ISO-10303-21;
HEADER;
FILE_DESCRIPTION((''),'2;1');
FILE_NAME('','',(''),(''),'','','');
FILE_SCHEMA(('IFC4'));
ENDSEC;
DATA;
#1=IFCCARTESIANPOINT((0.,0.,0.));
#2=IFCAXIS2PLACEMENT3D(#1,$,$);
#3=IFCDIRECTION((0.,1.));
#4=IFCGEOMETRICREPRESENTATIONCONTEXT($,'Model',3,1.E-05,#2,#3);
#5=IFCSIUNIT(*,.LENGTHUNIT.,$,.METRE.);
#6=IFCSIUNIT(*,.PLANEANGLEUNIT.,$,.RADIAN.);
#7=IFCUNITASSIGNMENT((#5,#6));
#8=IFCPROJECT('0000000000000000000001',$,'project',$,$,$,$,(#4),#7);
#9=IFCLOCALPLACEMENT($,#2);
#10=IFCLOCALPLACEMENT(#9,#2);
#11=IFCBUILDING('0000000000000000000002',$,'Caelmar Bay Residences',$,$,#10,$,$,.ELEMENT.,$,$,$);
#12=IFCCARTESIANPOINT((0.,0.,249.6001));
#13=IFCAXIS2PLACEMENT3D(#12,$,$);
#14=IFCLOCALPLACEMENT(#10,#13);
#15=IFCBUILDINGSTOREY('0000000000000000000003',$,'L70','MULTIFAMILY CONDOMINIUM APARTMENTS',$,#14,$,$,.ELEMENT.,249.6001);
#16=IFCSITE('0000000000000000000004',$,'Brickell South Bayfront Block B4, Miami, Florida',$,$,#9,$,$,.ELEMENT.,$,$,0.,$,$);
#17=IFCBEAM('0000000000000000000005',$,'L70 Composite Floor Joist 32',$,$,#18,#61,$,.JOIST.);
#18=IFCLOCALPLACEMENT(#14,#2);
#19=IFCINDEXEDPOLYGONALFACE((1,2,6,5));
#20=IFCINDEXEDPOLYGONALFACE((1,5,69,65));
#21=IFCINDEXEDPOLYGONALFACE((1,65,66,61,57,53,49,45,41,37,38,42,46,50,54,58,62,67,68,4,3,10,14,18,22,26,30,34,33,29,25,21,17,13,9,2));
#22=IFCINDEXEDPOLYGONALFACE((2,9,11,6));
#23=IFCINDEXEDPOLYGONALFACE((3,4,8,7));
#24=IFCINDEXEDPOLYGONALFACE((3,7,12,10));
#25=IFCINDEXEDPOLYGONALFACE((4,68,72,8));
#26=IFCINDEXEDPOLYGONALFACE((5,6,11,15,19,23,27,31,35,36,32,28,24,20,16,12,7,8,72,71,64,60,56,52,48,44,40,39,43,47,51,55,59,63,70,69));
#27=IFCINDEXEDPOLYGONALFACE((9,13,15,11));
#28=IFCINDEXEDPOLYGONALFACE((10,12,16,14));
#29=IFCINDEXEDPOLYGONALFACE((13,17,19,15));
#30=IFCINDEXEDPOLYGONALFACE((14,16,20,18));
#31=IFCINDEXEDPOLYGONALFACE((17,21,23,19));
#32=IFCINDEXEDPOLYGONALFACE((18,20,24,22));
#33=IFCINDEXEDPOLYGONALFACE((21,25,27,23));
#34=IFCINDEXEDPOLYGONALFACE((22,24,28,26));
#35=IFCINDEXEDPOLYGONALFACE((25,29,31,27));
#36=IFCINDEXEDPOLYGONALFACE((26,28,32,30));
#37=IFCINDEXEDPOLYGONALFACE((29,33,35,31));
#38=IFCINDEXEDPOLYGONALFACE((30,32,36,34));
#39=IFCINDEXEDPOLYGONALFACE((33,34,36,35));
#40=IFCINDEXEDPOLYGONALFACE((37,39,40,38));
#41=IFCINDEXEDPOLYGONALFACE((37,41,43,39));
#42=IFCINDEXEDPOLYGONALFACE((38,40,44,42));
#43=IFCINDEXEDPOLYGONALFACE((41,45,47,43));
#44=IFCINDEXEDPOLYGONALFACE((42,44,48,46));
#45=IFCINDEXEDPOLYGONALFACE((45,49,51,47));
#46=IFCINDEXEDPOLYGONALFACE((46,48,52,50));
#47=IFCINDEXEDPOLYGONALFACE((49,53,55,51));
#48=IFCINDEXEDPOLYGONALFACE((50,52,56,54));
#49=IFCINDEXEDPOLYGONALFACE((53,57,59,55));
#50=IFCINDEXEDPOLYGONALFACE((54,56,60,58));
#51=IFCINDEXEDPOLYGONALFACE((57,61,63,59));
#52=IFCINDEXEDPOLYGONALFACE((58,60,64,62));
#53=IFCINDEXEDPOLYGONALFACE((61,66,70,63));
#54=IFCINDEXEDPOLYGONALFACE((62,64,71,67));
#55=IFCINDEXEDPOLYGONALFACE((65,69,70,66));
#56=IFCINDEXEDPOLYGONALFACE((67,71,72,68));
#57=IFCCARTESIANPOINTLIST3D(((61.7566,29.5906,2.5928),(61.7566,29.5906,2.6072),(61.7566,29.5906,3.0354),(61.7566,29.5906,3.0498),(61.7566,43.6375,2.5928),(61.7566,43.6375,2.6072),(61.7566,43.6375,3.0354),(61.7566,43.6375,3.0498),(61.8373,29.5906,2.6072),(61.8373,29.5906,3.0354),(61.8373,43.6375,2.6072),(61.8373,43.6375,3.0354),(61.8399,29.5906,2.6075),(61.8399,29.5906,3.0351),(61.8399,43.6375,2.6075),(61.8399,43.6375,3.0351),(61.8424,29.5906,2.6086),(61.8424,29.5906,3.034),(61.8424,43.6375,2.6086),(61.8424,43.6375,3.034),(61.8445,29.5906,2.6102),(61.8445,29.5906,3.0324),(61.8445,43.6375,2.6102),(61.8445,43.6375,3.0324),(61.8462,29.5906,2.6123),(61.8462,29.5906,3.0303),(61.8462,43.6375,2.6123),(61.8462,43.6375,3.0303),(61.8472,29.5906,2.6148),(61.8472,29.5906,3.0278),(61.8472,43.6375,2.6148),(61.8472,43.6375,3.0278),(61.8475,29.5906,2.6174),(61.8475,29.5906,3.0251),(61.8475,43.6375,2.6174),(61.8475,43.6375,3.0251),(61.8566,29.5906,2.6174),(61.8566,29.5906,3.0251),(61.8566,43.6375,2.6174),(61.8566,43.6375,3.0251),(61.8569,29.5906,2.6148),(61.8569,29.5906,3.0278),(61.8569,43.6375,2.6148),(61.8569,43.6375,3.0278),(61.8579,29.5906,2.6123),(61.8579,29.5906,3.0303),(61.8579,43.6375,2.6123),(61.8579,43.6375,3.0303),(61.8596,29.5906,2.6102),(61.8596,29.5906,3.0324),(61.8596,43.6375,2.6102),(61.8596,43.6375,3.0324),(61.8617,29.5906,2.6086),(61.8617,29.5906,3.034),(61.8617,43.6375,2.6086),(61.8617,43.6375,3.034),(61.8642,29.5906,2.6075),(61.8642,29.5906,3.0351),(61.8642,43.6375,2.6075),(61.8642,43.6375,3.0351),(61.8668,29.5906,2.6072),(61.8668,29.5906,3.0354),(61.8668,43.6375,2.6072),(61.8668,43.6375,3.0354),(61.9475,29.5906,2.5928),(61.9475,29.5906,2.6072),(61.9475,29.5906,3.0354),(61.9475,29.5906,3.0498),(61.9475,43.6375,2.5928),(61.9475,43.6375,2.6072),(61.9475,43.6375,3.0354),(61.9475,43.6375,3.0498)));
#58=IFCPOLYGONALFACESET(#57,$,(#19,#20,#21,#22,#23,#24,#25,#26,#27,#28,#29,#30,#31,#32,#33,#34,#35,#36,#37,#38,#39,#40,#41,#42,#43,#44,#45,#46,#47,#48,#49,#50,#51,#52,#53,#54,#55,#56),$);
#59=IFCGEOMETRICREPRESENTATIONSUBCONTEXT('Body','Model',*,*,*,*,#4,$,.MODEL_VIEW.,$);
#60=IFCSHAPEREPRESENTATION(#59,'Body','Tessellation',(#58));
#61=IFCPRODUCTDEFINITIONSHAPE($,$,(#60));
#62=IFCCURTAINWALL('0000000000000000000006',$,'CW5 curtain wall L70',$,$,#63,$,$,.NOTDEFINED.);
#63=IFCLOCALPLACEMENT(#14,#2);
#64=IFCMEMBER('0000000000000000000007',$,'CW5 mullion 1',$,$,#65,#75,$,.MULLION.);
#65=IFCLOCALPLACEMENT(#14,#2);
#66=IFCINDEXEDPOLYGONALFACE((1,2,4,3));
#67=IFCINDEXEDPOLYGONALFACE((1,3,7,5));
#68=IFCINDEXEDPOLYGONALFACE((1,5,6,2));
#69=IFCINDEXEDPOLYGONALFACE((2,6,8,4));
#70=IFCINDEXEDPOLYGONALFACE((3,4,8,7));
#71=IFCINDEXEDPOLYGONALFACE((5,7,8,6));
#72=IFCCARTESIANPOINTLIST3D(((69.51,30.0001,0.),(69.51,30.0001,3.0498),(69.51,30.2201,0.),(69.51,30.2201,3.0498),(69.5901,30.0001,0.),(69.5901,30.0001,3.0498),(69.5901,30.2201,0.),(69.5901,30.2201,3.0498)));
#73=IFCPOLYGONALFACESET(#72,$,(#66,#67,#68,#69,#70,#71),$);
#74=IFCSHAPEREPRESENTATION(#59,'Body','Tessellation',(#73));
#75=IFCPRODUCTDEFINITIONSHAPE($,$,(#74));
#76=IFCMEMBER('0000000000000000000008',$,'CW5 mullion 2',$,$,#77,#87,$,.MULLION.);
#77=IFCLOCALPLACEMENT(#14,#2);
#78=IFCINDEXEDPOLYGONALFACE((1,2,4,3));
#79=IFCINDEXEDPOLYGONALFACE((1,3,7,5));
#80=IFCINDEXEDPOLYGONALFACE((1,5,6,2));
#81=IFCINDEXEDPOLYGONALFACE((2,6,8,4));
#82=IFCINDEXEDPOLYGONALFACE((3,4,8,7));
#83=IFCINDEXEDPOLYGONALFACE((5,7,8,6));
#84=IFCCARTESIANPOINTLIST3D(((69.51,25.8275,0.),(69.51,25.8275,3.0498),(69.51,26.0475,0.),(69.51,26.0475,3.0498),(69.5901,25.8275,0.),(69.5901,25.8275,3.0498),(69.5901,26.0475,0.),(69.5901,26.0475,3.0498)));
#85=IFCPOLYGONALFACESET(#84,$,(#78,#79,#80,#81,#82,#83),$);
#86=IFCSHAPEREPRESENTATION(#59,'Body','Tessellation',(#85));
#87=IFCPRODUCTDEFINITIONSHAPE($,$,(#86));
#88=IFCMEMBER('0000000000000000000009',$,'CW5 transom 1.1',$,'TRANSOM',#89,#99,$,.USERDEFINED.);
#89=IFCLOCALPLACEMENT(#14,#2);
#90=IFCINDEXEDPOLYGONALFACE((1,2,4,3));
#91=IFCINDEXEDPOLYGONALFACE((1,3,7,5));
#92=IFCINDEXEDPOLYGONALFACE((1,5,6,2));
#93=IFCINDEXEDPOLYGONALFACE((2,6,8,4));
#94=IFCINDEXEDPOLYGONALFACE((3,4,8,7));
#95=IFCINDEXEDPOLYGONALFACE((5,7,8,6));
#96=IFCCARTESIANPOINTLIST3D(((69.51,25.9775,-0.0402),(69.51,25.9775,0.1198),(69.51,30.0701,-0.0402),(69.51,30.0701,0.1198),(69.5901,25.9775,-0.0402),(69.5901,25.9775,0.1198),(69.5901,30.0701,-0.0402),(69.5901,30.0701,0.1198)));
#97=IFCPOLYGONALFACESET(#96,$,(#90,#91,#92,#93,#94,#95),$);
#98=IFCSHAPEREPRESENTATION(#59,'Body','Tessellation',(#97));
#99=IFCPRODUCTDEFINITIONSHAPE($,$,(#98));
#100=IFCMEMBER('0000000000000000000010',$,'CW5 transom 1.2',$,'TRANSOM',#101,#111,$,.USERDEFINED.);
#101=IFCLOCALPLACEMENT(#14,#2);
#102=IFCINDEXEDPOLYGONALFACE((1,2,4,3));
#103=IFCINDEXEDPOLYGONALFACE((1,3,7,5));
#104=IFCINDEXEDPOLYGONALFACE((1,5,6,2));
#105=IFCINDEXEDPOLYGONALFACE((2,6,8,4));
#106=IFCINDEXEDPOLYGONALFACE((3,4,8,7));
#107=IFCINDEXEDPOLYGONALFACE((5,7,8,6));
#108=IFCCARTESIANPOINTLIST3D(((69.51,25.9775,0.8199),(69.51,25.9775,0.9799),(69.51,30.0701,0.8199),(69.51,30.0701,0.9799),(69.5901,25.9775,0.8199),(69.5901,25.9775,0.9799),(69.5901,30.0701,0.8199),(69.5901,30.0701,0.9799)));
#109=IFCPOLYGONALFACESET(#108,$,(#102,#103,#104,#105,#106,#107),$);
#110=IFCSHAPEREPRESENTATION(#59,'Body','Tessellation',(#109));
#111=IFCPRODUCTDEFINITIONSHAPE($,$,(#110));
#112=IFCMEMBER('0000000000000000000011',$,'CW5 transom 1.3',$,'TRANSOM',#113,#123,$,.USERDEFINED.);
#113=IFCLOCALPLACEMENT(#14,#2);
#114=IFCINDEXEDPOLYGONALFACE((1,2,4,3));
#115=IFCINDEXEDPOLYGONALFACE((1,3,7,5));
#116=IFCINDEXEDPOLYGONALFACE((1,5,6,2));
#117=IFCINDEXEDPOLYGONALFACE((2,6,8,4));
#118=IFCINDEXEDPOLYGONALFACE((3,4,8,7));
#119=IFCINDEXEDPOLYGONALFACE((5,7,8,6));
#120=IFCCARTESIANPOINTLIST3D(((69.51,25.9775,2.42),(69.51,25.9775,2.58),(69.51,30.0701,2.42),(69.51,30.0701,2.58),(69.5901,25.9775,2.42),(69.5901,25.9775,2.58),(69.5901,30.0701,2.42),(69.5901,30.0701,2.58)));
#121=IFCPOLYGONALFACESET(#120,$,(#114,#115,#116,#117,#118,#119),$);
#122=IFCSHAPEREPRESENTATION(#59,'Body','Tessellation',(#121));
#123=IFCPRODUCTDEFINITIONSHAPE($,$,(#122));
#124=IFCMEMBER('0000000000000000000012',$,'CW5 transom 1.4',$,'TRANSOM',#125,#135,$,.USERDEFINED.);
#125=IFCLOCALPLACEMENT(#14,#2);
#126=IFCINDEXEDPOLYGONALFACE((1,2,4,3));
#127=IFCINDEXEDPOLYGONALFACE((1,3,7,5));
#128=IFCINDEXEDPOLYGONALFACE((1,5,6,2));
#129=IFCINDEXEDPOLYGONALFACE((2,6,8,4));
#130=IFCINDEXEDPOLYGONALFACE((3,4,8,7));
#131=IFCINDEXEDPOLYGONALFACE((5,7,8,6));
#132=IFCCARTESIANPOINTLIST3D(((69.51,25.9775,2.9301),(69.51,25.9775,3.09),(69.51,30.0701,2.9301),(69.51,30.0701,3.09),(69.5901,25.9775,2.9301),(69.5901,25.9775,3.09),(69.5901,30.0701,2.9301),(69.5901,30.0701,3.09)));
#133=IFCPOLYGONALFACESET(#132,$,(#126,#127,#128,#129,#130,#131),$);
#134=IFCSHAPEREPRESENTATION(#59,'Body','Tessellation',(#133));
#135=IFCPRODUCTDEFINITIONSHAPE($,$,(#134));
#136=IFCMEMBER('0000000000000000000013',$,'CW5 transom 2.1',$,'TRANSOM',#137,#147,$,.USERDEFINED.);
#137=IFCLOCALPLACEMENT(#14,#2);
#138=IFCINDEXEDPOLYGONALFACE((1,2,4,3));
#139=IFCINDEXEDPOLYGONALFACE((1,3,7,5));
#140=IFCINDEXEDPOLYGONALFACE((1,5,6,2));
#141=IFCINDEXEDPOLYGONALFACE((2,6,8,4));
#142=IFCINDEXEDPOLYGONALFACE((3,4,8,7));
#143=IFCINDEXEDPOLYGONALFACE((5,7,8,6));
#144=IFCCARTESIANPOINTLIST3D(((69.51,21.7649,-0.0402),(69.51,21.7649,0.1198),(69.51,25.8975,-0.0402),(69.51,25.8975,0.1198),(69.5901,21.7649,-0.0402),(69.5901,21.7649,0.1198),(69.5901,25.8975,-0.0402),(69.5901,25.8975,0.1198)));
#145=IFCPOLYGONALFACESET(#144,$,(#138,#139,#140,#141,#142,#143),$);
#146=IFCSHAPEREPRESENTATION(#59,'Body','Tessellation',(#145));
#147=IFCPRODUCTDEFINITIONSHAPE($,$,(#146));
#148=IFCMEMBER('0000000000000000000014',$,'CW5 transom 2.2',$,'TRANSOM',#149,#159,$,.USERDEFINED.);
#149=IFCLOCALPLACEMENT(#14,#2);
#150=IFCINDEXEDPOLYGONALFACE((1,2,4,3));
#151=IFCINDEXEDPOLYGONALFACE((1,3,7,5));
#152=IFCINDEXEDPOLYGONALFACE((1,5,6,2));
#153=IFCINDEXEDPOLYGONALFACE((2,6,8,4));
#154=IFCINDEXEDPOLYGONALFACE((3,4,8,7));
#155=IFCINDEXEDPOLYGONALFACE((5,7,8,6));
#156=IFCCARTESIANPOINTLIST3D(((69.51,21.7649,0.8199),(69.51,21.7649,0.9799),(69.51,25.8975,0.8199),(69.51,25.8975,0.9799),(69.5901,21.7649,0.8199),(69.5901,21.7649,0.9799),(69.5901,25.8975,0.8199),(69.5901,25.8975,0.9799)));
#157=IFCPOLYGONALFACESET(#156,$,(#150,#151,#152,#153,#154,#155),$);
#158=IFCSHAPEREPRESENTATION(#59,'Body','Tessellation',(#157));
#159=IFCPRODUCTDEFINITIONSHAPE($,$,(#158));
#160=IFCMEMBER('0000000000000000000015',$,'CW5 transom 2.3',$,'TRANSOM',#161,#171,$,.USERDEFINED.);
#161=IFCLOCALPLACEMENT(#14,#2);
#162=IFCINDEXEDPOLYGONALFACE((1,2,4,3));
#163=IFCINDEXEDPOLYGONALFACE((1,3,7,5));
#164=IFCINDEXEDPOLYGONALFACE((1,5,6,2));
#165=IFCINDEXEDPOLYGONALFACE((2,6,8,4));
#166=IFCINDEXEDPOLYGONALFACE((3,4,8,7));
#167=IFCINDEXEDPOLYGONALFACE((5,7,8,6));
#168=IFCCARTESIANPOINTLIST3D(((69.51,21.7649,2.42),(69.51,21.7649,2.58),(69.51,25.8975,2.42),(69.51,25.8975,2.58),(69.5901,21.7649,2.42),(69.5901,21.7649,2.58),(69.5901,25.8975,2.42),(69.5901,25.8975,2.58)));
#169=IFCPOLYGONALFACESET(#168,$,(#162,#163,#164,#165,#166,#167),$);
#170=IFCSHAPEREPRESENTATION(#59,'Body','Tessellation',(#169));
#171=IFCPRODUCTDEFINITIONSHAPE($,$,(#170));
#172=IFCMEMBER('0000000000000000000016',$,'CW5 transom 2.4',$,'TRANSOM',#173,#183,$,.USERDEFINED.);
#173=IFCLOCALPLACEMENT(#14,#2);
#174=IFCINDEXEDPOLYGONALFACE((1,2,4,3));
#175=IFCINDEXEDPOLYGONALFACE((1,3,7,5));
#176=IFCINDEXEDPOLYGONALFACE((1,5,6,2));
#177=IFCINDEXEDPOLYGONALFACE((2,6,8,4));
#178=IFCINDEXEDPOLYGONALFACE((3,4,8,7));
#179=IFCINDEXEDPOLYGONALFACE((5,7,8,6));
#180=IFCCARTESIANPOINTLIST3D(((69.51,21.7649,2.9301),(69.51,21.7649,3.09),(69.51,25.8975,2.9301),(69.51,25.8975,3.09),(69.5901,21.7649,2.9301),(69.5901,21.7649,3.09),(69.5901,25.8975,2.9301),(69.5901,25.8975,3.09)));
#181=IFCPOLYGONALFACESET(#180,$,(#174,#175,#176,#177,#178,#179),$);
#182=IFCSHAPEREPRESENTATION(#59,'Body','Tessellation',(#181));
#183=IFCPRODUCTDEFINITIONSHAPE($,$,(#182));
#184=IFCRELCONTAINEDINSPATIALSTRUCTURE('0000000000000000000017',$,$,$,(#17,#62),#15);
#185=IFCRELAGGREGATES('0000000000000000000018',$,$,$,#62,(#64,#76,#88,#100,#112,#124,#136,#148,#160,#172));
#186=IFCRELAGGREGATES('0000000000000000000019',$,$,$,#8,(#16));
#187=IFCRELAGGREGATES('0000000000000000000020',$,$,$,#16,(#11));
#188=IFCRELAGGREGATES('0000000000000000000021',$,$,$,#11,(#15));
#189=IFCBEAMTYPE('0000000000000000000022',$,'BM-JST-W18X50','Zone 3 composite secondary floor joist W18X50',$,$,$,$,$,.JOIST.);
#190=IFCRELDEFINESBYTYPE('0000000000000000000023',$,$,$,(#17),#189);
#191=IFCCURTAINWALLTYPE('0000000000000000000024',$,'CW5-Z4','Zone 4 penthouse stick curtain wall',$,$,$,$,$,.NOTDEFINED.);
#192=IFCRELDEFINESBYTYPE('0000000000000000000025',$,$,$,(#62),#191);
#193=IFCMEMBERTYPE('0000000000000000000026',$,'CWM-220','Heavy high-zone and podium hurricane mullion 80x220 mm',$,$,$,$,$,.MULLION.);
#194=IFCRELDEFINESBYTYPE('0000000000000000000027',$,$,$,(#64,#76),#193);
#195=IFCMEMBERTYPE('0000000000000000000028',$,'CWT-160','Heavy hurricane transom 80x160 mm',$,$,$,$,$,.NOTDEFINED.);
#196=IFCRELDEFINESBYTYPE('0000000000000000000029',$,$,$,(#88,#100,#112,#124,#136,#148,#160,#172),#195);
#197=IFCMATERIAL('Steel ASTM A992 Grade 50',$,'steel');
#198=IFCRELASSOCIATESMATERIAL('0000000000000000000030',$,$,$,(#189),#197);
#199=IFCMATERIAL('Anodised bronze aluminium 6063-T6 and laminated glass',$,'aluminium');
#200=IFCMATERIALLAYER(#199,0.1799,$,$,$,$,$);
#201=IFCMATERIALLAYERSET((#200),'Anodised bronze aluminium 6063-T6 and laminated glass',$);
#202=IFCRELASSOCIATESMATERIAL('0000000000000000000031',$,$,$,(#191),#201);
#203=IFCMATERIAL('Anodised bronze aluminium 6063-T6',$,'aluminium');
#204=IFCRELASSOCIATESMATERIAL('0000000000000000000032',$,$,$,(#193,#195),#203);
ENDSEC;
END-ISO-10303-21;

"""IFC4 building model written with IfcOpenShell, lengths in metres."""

from ifc_helpers import new_model, si_unit, direction, frame, origin, origin_2d, place, context, subcontext, project, spatial, rectangle, i_section, extrude, material, layer, layer_set, material_profile, profile_set, type_object, element, aggregate, save


model = new_model("IFC4")

# Units and contexts
model_context = context("Model", 3, precision=1e-05, world=origin(), true_north=direction((0.0, 1.0)))
body_context = subcontext(model_context, "Body", "Model", "MODEL_VIEW")
ifc_project = project(units=[si_unit("LENGTHUNIT", "METRE"), si_unit("PLANEANGLEUNIT", "RADIAN")], contexts=[model_context])

# Site, building, storey
site_placement = place(None, origin())
site = spatial("IfcSite", under=ifc_project, at=site_placement, Name="Brickell South Bayfront Block B4, Miami, Florida", CompositionType="ELEMENT", RefElevation=0.0)
building_placement = place(site_placement, origin())
building = spatial("IfcBuilding", under=site, at=building_placement, Name="Caelmar Bay Residences", CompositionType="ELEMENT")
storey_placement = place(building_placement, frame((0.0, 0.0, 249.6001)))
storey = spatial("IfcBuildingStorey", under=building, at=storey_placement, Name="L70", Description="MULTIFAMILY CONDOMINIUM APARTMENTS", CompositionType="ELEMENT", Elevation=249.6001)

# Beam
ifc_material_1 = material(Name="Steel ASTM A992 Grade 50", Category="steel")
ifc_material_profile_1 = material_profile(ifc_material_1, i_section(OverallWidth=0.1909, OverallDepth=0.457, WebThickness=0.009, FlangeThickness=0.0144, FilletRadius=0.0103, at=origin_2d()), Name="W18X50")
ifc_profile_set_1 = profile_set([ifc_material_profile_1], Name="Steel ASTM A992 Grade 50")
beam_type_1 = type_object("IfcBeamType", Name="BM-JST-W18X50", Description="Zone 3 composite secondary floor joist W18X50", PredefinedType="JOIST", material=ifc_profile_set_1)
beam_1_placement = place(storey_placement, frame((61.8521, 29.5906, 2.8213), z_axis=(0.0, 1.0, 0.0), x_axis=(-1.0, 0.0, 0.0)))
element("IfcBeam", 1, at=beam_1_placement, inside=storey, type_object=beam_type_1, Name="L70 Composite Floor Joist 32", PredefinedType="JOIST", context=body_context, shape_type="SweptSolid", body=[
    extrude(i_section(OverallWidth=0.1909, OverallDepth=0.457, WebThickness=0.009, FlangeThickness=0.0144, FilletRadius=0.0103, at=origin_2d()), origin(), (0.0, 0.0, 1.0), 14.0469),
])

# Curtain wall, members
ifc_material_2 = material(Name="Anodised bronze aluminium 6063-T6 and laminated glass", Category="aluminium")
ifc_layer_1 = layer(ifc_material_2, 0.1799)
ifc_layer_set_1 = layer_set([ifc_layer_1], Name="Anodised bronze aluminium 6063-T6 and laminated glass")
curtain_wall_type = type_object("IfcCurtainWallType", Name="CW5-Z4", Description="Zone 4 penthouse stick curtain wall", PredefinedType="NOTDEFINED", material=ifc_layer_set_1)
curtain_wall_placement = place(storey_placement, origin())
curtain_wall = element("IfcCurtainWall", 2, at=curtain_wall_placement, inside=storey, type_object=curtain_wall_type, Name="CW5 curtain wall L70", PredefinedType="NOTDEFINED")
ifc_material_3 = material(Name="Anodised bronze aluminium 6063-T6", Category="aluminium")
ifc_material_profile_2 = material_profile(ifc_material_3, rectangle(XDim=0.0801, YDim=0.22, at=origin_2d()), Name="CWM-80X220")
ifc_profile_set_2 = profile_set([ifc_material_profile_2], Name="Anodised bronze aluminium 6063-T6")
member_type_1 = type_object("IfcMemberType", Name="CWM-220", Description="Heavy high-zone and podium hurricane mullion 80x220 mm", PredefinedType="MULLION", material=ifc_profile_set_2)
member_1_placement = place(storey_placement, frame((69.55, 30.1101, 0.0), z_axis=(0.0, 0.0, 1.0), x_axis=(1.0, 0.0, 0.0)))
member_1 = element("IfcMember", 3, at=member_1_placement, type_object=member_type_1, Name="CW5 mullion 1", PredefinedType="MULLION", context=body_context, shape_type="SweptSolid", body=[
    extrude(rectangle(XDim=0.0801, YDim=0.22, at=origin_2d()), origin(), (0.0, 0.0, 1.0), 3.0498),
])
member_2_placement = place(storey_placement, frame((69.55, 25.9375, 0.0), z_axis=(0.0, 0.0, 1.0), x_axis=(1.0, 0.0, 0.0)))
member_2 = element("IfcMember", 4, at=member_2_placement, type_object=member_type_1, Name="CW5 mullion 2", PredefinedType="MULLION", context=body_context, shape_type="SweptSolid", body=[
    extrude(rectangle(XDim=0.0801, YDim=0.22, at=origin_2d()), origin(), (0.0, 0.0, 1.0), 3.0498),
])
ifc_material_profile_3 = material_profile(ifc_material_3, rectangle(XDim=0.0801, YDim=0.1599, at=origin_2d()), Name="CWT-80X160")
ifc_profile_set_3 = profile_set([ifc_material_profile_3], Name="Anodised bronze aluminium 6063-T6")
member_type_2 = type_object("IfcMemberType", Name="CWT-160", Description="Heavy hurricane transom 80x160 mm", PredefinedType="NOTDEFINED", material=ifc_profile_set_3)
member_3_placement = place(storey_placement, frame((69.55, 30.0701, 0.0398), z_axis=(0.0, -1.0, 0.0), x_axis=(1.0, 0.0, 0.0)))
member_3 = element("IfcMember", 5, at=member_3_placement, type_object=member_type_2, Name="CW5 transom 1.1", ObjectType="TRANSOM", PredefinedType="USERDEFINED", context=body_context, shape_type="SweptSolid", body=[
    extrude(rectangle(XDim=0.0801, YDim=0.1599, at=origin_2d()), origin(), (0.0, 0.0, 1.0), 4.0925),
])
member_4_placement = place(storey_placement, frame((69.55, 30.0701, 0.8999), z_axis=(0.0, -1.0, 0.0), x_axis=(1.0, 0.0, 0.0)))
member_4 = element("IfcMember", 6, at=member_4_placement, type_object=member_type_2, Name="CW5 transom 1.2", ObjectType="TRANSOM", PredefinedType="USERDEFINED", context=body_context, shape_type="SweptSolid", body=[
    extrude(rectangle(XDim=0.0801, YDim=0.1599, at=origin_2d()), origin(), (0.0, 0.0, 1.0), 4.0925),
])
member_5_placement = place(storey_placement, frame((69.55, 30.0701, 2.5), z_axis=(0.0, -1.0, 0.0), x_axis=(1.0, 0.0, 0.0)))
member_5 = element("IfcMember", 7, at=member_5_placement, type_object=member_type_2, Name="CW5 transom 1.3", ObjectType="TRANSOM", PredefinedType="USERDEFINED", context=body_context, shape_type="SweptSolid", body=[
    extrude(rectangle(XDim=0.0801, YDim=0.1599, at=origin_2d()), origin(), (0.0, 0.0, 1.0), 4.0925),
])
member_6_placement = place(storey_placement, frame((69.55, 30.0701, 3.01), z_axis=(0.0, -1.0, 0.0), x_axis=(1.0, 0.0, 0.0)))
member_6 = element("IfcMember", 8, at=member_6_placement, type_object=member_type_2, Name="CW5 transom 1.4", ObjectType="TRANSOM", PredefinedType="USERDEFINED", context=body_context, shape_type="SweptSolid", body=[
    extrude(rectangle(XDim=0.0801, YDim=0.1599, at=origin_2d()), origin(), (0.0, 0.0, 1.0), 4.0925),
])
member_7_placement = place(storey_placement, frame((69.55, 25.8975, 0.0398), z_axis=(0.0, -1.0, 0.0), x_axis=(1.0, 0.0, 0.0)))
member_7 = element("IfcMember", 9, at=member_7_placement, type_object=member_type_2, Name="CW5 transom 2.1", ObjectType="TRANSOM", PredefinedType="USERDEFINED", context=body_context, shape_type="SweptSolid", body=[
    extrude(rectangle(XDim=0.0801, YDim=0.1599, at=origin_2d()), origin(), (0.0, 0.0, 1.0), 4.1326),
])
member_8_placement = place(storey_placement, frame((69.55, 25.8975, 0.8999), z_axis=(0.0, -1.0, 0.0), x_axis=(1.0, 0.0, 0.0)))
member_8 = element("IfcMember", 10, at=member_8_placement, type_object=member_type_2, Name="CW5 transom 2.2", ObjectType="TRANSOM", PredefinedType="USERDEFINED", context=body_context, shape_type="SweptSolid", body=[
    extrude(rectangle(XDim=0.0801, YDim=0.1599, at=origin_2d()), origin(), (0.0, 0.0, 1.0), 4.1326),
])
member_9_placement = place(storey_placement, frame((69.55, 25.8975, 2.5), z_axis=(0.0, -1.0, 0.0), x_axis=(1.0, 0.0, 0.0)))
member_9 = element("IfcMember", 11, at=member_9_placement, type_object=member_type_2, Name="CW5 transom 2.3", ObjectType="TRANSOM", PredefinedType="USERDEFINED", context=body_context, shape_type="SweptSolid", body=[
    extrude(rectangle(XDim=0.0801, YDim=0.1599, at=origin_2d()), origin(), (0.0, 0.0, 1.0), 4.1326),
])
member_10_placement = place(storey_placement, frame((69.55, 25.8975, 3.01), z_axis=(0.0, -1.0, 0.0), x_axis=(1.0, 0.0, 0.0)))
member_10 = element("IfcMember", 12, at=member_10_placement, type_object=member_type_2, Name="CW5 transom 2.4", ObjectType="TRANSOM", PredefinedType="USERDEFINED", context=body_context, shape_type="SweptSolid", body=[
    extrude(rectangle(XDim=0.0801, YDim=0.1599, at=origin_2d()), origin(), (0.0, 0.0, 1.0), 4.1326),
])
aggregate(curtain_wall, [member_1, member_2, member_3, member_4, member_5, member_6, member_7, member_8, member_9, member_10])

save(model, "model.ifc")
